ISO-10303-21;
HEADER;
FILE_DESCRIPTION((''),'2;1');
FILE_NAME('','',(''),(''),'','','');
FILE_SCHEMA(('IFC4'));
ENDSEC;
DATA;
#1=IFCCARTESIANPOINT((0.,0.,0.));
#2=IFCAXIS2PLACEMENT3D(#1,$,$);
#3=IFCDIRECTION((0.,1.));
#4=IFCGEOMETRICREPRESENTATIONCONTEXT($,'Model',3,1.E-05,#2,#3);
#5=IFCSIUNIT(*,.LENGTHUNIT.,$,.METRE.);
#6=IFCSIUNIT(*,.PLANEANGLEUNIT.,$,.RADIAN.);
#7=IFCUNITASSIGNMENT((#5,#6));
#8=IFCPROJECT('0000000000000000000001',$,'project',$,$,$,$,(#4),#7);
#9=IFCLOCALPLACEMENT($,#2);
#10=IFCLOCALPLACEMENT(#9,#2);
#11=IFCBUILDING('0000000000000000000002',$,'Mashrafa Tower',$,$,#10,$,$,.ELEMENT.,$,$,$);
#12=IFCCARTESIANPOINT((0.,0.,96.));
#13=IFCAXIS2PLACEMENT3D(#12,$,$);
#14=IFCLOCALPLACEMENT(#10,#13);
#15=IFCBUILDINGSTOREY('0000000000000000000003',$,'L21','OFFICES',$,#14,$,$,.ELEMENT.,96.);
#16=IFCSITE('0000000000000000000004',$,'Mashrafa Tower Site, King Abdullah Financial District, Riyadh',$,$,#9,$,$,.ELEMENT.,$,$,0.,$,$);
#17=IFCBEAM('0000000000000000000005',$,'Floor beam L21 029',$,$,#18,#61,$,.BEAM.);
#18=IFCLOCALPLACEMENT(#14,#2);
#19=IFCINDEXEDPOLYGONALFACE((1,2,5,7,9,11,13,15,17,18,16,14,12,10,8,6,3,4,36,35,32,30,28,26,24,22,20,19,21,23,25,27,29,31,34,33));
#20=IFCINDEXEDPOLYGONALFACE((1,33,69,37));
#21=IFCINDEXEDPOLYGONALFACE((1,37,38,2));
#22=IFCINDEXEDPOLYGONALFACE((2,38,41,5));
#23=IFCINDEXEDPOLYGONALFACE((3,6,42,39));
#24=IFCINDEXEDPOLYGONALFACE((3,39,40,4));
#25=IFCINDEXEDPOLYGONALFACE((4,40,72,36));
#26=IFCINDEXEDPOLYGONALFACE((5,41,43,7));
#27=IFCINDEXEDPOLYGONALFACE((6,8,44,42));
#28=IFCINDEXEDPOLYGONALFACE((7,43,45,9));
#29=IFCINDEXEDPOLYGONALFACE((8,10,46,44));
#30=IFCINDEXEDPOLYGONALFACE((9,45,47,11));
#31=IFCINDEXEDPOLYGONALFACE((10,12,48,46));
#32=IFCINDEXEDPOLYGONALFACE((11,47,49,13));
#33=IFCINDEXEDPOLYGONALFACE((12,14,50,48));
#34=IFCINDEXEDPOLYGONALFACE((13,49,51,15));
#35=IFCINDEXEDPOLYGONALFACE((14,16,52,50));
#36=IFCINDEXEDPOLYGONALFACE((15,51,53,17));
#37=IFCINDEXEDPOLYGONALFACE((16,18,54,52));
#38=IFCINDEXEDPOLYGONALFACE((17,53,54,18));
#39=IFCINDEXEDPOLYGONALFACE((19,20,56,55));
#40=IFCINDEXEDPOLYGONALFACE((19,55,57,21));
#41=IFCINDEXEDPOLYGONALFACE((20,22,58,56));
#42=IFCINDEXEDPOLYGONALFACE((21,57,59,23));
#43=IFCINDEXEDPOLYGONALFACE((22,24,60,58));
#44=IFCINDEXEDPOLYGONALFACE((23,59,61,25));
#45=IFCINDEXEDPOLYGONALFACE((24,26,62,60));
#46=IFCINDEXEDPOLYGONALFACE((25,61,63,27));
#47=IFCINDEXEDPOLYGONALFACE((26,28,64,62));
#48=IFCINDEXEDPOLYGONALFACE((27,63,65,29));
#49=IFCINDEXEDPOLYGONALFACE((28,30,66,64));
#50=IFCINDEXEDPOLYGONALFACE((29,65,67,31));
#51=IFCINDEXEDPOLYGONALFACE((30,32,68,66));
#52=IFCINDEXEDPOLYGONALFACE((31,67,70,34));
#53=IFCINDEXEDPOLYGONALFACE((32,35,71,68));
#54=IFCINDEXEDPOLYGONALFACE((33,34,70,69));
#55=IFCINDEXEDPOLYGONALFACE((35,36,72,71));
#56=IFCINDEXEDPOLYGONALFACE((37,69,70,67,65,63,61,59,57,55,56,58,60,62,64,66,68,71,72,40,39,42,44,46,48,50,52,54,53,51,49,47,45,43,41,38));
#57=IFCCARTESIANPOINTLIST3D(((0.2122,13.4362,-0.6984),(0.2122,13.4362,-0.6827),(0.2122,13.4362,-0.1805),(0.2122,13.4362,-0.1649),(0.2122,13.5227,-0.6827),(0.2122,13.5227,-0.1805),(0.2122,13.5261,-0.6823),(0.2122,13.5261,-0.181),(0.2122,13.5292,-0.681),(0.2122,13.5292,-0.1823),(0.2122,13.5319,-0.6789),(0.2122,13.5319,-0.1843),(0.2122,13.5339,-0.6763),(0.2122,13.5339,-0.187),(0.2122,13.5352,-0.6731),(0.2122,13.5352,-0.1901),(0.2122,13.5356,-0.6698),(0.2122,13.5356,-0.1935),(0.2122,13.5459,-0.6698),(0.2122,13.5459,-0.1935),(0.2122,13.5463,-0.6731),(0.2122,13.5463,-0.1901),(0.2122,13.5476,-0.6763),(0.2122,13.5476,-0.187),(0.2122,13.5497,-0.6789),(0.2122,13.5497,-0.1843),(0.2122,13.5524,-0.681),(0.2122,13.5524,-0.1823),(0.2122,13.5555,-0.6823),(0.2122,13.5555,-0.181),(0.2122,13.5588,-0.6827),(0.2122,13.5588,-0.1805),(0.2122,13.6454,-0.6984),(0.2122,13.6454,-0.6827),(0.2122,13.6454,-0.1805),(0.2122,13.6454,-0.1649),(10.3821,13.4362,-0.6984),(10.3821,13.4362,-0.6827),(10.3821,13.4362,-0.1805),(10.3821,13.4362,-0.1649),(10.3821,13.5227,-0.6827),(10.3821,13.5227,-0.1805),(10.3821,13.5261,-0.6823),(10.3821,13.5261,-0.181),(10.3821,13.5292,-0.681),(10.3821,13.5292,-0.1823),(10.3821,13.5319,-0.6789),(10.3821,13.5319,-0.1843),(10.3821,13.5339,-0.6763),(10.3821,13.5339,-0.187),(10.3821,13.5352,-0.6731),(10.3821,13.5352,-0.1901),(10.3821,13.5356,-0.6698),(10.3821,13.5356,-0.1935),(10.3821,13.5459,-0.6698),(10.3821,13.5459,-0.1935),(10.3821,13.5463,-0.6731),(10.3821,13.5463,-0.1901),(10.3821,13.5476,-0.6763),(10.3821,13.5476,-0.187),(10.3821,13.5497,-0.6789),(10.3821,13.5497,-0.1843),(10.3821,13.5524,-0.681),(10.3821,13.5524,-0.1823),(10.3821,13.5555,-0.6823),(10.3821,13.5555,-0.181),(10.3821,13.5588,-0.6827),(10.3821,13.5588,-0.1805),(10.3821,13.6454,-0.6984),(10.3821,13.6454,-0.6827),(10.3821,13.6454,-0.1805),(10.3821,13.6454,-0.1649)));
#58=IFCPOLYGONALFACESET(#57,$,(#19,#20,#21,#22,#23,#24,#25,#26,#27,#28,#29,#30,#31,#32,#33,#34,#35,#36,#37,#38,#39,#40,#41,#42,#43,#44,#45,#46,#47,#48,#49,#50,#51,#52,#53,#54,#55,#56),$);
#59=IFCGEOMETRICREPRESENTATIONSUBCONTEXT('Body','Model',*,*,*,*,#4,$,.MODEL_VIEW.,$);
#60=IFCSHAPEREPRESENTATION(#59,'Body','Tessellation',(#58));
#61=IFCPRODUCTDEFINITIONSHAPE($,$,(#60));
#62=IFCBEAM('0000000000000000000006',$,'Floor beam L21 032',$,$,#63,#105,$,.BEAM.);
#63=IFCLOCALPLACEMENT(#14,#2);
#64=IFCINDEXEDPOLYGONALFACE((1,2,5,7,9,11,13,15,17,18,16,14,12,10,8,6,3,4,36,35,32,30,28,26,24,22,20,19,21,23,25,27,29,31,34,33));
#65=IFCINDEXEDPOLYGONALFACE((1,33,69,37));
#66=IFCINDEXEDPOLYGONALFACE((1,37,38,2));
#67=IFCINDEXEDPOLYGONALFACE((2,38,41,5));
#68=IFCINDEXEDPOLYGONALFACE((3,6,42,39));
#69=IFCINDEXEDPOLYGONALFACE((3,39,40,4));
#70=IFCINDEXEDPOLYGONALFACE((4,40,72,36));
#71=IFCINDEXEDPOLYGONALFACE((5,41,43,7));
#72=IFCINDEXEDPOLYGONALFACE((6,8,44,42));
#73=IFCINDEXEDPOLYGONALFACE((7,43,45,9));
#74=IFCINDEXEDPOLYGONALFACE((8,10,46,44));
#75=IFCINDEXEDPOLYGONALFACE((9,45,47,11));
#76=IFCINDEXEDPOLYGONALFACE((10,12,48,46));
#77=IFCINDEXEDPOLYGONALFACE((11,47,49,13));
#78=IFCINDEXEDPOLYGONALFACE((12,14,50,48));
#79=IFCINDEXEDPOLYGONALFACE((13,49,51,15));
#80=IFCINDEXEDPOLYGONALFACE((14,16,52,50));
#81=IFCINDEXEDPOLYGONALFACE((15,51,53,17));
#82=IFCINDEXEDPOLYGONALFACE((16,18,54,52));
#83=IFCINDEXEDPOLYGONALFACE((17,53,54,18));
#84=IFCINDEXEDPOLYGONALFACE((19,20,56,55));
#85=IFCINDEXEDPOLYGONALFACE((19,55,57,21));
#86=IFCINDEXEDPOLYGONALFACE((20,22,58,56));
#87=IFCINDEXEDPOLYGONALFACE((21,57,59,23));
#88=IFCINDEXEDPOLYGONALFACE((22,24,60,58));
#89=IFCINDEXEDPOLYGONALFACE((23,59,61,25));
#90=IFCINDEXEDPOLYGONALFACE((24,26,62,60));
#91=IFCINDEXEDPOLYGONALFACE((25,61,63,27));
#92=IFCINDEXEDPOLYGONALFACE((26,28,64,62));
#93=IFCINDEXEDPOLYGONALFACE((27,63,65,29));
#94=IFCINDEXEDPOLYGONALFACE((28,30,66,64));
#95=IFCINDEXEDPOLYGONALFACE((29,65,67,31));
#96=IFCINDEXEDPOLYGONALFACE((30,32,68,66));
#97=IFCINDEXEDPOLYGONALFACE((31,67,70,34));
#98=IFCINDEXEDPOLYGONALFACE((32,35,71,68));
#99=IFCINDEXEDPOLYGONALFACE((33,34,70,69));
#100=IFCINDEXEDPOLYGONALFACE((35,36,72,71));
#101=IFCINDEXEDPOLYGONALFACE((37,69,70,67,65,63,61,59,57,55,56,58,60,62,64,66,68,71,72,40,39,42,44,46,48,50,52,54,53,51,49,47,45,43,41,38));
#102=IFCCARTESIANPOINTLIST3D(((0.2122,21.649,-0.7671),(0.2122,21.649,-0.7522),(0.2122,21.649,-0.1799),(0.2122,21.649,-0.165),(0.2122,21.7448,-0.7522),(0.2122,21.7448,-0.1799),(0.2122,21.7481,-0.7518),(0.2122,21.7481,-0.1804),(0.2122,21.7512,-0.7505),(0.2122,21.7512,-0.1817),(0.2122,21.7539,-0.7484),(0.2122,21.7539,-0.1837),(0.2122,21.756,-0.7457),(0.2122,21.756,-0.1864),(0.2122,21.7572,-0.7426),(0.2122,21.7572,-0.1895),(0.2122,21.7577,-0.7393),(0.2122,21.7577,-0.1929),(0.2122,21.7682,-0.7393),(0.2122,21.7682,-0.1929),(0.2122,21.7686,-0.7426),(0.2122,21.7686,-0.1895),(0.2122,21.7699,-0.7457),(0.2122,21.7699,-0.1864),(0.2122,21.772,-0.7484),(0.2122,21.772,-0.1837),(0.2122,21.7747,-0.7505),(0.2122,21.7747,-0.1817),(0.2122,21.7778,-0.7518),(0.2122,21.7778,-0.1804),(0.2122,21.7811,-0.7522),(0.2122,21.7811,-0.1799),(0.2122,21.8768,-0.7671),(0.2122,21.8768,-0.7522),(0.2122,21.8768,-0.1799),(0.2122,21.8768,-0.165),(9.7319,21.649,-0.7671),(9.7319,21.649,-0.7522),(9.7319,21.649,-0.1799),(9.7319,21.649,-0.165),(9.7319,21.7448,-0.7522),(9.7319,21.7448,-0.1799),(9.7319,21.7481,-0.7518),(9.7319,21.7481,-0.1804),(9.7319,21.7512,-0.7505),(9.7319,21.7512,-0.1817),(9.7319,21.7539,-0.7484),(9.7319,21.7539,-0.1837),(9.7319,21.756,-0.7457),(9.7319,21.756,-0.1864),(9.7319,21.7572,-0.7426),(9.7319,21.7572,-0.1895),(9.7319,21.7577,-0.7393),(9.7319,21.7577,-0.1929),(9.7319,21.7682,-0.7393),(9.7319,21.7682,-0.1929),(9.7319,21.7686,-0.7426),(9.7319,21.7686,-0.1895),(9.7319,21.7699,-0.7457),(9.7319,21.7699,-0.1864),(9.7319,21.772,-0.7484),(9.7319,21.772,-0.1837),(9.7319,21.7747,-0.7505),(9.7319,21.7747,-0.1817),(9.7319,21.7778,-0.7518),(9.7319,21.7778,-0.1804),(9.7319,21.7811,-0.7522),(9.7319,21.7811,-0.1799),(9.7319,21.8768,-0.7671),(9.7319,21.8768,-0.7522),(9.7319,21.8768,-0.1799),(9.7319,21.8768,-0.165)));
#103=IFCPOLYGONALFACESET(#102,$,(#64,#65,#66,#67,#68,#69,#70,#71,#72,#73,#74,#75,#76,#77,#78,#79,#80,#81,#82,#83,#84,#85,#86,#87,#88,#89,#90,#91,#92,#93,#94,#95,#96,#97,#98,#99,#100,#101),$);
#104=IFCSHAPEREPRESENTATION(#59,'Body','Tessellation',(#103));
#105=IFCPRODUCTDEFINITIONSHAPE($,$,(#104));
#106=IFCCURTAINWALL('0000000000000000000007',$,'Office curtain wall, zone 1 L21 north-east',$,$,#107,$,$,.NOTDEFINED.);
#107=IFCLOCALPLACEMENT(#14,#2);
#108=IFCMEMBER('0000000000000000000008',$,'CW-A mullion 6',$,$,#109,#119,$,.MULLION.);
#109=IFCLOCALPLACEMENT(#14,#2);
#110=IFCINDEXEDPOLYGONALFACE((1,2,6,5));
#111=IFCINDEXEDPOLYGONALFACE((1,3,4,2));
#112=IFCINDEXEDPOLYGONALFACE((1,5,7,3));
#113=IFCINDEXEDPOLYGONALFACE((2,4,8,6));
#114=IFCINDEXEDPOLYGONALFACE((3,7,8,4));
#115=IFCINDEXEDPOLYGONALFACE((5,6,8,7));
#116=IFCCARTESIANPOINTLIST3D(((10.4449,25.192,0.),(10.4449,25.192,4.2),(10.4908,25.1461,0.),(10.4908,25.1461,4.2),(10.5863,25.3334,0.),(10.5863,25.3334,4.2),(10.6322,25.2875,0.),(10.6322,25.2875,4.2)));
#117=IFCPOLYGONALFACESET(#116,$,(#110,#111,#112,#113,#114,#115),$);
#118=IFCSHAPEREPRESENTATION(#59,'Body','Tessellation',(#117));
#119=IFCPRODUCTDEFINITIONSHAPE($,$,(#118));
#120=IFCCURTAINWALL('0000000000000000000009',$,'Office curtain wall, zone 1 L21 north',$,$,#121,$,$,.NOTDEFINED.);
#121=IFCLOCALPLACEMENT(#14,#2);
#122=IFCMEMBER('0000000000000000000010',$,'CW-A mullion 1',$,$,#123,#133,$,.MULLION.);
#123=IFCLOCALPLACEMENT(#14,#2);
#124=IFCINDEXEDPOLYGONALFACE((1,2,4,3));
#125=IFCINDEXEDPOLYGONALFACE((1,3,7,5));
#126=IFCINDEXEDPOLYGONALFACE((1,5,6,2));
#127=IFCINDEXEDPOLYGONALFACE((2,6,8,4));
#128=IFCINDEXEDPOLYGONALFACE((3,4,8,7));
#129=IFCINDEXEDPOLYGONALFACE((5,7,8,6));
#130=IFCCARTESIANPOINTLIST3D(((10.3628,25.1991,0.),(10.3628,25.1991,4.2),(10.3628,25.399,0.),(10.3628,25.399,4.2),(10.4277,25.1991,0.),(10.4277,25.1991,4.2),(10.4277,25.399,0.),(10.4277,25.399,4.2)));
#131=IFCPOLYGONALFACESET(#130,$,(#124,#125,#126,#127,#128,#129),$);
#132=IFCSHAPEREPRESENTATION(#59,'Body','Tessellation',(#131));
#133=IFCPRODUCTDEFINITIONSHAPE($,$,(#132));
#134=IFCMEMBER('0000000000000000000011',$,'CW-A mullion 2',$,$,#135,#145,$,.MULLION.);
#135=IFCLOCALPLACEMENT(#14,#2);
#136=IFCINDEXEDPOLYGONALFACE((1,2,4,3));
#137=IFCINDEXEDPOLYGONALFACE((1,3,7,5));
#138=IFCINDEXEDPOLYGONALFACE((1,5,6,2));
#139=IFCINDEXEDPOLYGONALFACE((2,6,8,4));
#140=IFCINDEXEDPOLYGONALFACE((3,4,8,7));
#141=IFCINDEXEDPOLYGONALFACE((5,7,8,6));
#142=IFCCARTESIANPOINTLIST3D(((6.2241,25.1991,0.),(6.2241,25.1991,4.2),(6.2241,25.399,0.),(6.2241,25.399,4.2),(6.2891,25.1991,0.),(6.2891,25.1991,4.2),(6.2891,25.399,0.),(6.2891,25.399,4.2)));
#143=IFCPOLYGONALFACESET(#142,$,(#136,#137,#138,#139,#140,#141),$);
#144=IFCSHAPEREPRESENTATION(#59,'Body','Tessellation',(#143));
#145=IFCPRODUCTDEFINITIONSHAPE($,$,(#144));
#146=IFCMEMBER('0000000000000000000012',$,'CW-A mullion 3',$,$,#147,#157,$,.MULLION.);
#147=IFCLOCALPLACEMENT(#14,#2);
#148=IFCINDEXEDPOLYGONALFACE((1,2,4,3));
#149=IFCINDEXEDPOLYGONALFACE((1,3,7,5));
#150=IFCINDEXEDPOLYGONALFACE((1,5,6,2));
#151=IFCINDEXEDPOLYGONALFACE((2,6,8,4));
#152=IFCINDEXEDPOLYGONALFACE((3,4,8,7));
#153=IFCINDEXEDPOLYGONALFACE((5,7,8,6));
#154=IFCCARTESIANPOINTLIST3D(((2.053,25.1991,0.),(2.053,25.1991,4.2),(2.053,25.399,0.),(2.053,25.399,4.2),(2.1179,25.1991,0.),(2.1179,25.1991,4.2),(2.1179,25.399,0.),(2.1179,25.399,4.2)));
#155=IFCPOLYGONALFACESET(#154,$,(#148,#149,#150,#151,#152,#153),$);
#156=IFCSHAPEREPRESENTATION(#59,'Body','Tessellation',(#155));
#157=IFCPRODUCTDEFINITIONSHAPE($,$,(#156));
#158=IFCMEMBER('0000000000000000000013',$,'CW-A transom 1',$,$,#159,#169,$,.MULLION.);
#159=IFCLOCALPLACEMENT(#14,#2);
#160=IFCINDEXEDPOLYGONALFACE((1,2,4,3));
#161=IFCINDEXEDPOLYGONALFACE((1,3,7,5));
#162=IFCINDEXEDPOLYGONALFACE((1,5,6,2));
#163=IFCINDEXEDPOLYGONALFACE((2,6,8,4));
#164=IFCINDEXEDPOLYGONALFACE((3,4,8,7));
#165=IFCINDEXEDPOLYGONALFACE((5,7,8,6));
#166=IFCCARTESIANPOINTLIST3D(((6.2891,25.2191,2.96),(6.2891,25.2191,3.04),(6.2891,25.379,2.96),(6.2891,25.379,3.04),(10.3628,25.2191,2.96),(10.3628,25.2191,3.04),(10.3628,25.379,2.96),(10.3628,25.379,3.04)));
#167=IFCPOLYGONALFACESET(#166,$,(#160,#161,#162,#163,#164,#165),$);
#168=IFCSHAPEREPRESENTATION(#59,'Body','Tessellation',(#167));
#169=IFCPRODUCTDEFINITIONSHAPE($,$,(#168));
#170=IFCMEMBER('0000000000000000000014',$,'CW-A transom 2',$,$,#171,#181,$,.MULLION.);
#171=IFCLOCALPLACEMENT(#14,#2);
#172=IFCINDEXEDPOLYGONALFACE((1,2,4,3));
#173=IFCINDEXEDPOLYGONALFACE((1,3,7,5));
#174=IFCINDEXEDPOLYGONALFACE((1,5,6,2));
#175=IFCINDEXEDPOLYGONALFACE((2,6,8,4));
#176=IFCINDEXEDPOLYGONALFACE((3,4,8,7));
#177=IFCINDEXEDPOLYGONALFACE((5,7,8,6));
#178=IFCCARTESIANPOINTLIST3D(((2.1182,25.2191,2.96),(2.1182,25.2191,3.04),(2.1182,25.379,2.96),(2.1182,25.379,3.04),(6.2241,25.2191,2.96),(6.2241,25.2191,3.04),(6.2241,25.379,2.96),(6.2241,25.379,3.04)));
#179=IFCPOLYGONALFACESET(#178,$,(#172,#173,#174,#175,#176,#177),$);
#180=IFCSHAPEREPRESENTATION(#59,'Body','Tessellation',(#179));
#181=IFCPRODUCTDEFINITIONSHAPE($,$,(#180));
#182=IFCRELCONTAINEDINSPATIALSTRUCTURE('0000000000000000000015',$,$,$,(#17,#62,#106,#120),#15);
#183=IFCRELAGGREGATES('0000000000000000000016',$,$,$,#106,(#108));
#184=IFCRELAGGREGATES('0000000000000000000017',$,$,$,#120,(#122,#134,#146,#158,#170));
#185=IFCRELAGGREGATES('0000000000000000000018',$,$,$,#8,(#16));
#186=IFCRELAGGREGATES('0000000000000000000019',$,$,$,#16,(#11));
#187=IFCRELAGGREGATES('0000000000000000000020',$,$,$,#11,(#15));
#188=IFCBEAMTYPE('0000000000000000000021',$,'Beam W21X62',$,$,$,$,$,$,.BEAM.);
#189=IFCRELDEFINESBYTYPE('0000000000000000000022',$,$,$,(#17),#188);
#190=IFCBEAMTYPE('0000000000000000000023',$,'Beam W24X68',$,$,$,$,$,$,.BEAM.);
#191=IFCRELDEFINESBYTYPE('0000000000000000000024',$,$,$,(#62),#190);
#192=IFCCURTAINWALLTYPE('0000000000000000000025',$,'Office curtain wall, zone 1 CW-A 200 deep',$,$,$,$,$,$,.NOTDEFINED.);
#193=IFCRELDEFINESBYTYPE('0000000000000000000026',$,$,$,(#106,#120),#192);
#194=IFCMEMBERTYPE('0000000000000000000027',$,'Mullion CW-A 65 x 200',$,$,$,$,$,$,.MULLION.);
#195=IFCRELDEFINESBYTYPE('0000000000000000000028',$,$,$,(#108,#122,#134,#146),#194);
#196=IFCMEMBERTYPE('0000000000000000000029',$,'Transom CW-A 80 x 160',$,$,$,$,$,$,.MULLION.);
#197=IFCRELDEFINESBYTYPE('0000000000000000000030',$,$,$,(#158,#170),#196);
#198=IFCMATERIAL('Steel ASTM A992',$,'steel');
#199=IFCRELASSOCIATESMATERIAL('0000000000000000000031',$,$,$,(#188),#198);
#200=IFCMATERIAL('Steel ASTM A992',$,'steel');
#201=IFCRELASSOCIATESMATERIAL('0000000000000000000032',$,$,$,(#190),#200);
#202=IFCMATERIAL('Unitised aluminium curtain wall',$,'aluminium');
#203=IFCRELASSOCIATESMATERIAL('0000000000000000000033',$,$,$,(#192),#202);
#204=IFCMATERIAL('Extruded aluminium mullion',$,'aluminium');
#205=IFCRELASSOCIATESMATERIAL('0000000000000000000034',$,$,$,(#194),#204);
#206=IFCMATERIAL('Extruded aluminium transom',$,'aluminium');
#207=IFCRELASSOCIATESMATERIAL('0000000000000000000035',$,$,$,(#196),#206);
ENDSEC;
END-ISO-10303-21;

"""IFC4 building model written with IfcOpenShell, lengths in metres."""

from ifc_helpers import new_model, si_unit, direction, frame, origin, origin_2d, place, context, subcontext, project, spatial, rectangle, i_section, extrude, source, transform, mapped, material, material_profile, profile_set, type_object, type_shapes, element, aggregate, save


model = new_model("IFC4")

# Units and contexts
model_context = context("Model", 3, precision=1e-05, world=origin(), true_north=direction((0.0, 1.0)))
body_context = subcontext(model_context, "Body", "Model", "MODEL_VIEW")
ifc_project = project(units=[si_unit("LENGTHUNIT", "METRE"), si_unit("PLANEANGLEUNIT", "RADIAN")], contexts=[model_context])

# Site, building, storey
site_placement = place(None, origin())
site = spatial("IfcSite", under=ifc_project, at=site_placement, Name="Mashrafa Tower Site, King Abdullah Financial District, Riyadh", CompositionType="ELEMENT", RefElevation=0.0)
building_placement = place(site_placement, origin())
building = spatial("IfcBuilding", under=site, at=building_placement, Name="Mashrafa Tower", CompositionType="ELEMENT")
storey_placement = place(building_placement, frame((0.0, 0.0, 96.0)))
storey = spatial("IfcBuildingStorey", under=building, at=storey_placement, Name="L21", Description="OFFICES", CompositionType="ELEMENT", Elevation=96.0)

# Beams
ifc_material_1 = material(Name="Steel ASTM A992", Category="steel")
ifc_material_profile_1 = material_profile(ifc_material_1, i_section(OverallWidth=0.2092, OverallDepth=0.5334, WebThickness=0.0103, FlangeThickness=0.0156, FilletRadius=0.0129, at=origin_2d()), Name="W21X62")
ifc_profile_set_1 = profile_set([ifc_material_profile_1], Name="Steel ASTM A992")
beam_type_1 = type_object("IfcBeamType", Name="Beam W21X62", PredefinedType="BEAM", material=ifc_profile_set_1)
beam_1_placement = place(storey_placement, frame((0.2122, 13.5408, -0.4316), z_axis=(1.0, 0.0, 0.0), x_axis=(0.0, 1.0, 0.0)))
element("IfcBeam", 1, at=beam_1_placement, inside=storey, type_object=beam_type_1, Name="Floor beam L21 029", PredefinedType="BEAM", context=body_context, shape_type="SweptSolid", body=[
    extrude(i_section(OverallWidth=0.2092, OverallDepth=0.5334, WebThickness=0.0103, FlangeThickness=0.0156, FilletRadius=0.0129, at=origin_2d()), origin(), (0.0, 0.0, 1.0), 10.1699),
])
ifc_material_2 = material(Name="Steel ASTM A992", Category="steel")
ifc_material_profile_2 = material_profile(ifc_material_2, i_section(OverallWidth=0.2278, OverallDepth=0.6021, WebThickness=0.0105, FlangeThickness=0.0149, FilletRadius=0.0129, at=origin_2d()), Name="W24X68")
ifc_profile_set_2 = profile_set([ifc_material_profile_2], Name="Steel ASTM A992")
beam_type_2 = type_object("IfcBeamType", Name="Beam W24X68", PredefinedType="BEAM", material=ifc_profile_set_2)
beam_2_placement = place(storey_placement, frame((0.2122, 21.7629, -0.4661), z_axis=(1.0, 0.0, 0.0), x_axis=(0.0, 1.0, 0.0)))
element("IfcBeam", 2, at=beam_2_placement, inside=storey, type_object=beam_type_2, Name="Floor beam L21 032", PredefinedType="BEAM", context=body_context, shape_type="SweptSolid", body=[
    extrude(i_section(OverallWidth=0.2278, OverallDepth=0.6021, WebThickness=0.0105, FlangeThickness=0.0149, FilletRadius=0.0129, at=origin_2d()), origin(), (0.0, 0.0, 1.0), 9.5198),
])

# Curtain wall, member
ifc_material_3 = material(Name="Unitised aluminium curtain wall", Category="aluminium")
curtain_wall_type = type_object("IfcCurtainWallType", Name="Office curtain wall, zone 1 CW-A 200 deep", PredefinedType="NOTDEFINED", material=ifc_material_3)
curtain_wall_1_placement = place(storey_placement, origin())
curtain_wall_1 = element("IfcCurtainWall", 3, at=curtain_wall_1_placement, inside=storey, type_object=curtain_wall_type, Name="Office curtain wall, zone 1 L21 north-east", PredefinedType="NOTDEFINED")
ifc_material_4 = material(Name="Extruded aluminium mullion", Category="aluminium")
ifc_material_profile_3 = material_profile(ifc_material_4, rectangle(XDim=0.2, YDim=0.0649, at=origin_2d()), Name="Mullion 65x200")
ifc_profile_set_3 = profile_set([ifc_material_profile_3], Name="Extruded aluminium mullion")
member_type_1 = type_object("IfcMemberType", Name="Mullion CW-A 65 x 200", PredefinedType="MULLION", material=ifc_profile_set_3)
shared_shape_1 = source(origin(), body_context, "Body", "SweptSolid", [
    extrude(rectangle(XDim=0.2, YDim=0.0649, at=origin_2d()), origin(), (0.0, 0.0, 1.0), 4.2),
])
type_shapes(member_type_1, [shared_shape_1])
member_1_placement = place(storey_placement, frame((10.5386, 25.2397, 0.0), z_axis=(0.0, 0.0, 1.0), x_axis=(-0.707107, -0.707107, 0.0)))
member_1 = element("IfcMember", 4, at=member_1_placement, type_object=member_type_1, Name="CW-A mullion 6", PredefinedType="MULLION", context=body_context, shape_type="MappedRepresentation", body=[
    mapped(shared_shape_1, transform((0.0, 0.0, 0.0))),
])
aggregate(curtain_wall_1, [member_1])

# Curtain wall, members
curtain_wall_2_placement = place(storey_placement, origin())
curtain_wall_2 = element("IfcCurtainWall", 5, at=curtain_wall_2_placement, inside=storey, type_object=curtain_wall_type, Name="Office curtain wall, zone 1 L21 north", PredefinedType="NOTDEFINED")
member_2_placement = place(storey_placement, frame((10.3953, 25.2991, 0.0), z_axis=(0.0, 0.0, 1.0), x_axis=(0.0, -1.0, 0.0)))
member_2 = element("IfcMember", 6, at=member_2_placement, type_object=member_type_1, Name="CW-A mullion 1", PredefinedType="MULLION", context=body_context, shape_type="MappedRepresentation", body=[
    mapped(shared_shape_1, transform((0.0, 0.0, 0.0))),
])
member_3_placement = place(storey_placement, frame((6.2566, 25.2991, 0.0), z_axis=(0.0, 0.0, 1.0), x_axis=(0.0, -1.0, 0.0)))
member_3 = element("IfcMember", 7, at=member_3_placement, type_object=member_type_1, Name="CW-A mullion 2", PredefinedType="MULLION", context=body_context, shape_type="MappedRepresentation", body=[
    mapped(shared_shape_1, transform((0.0, 0.0, 0.0))),
])
member_4_placement = place(storey_placement, frame((2.0854, 25.2991, 0.0), z_axis=(0.0, 0.0, 1.0), x_axis=(0.0, -1.0, 0.0)))
member_4 = element("IfcMember", 8, at=member_4_placement, type_object=member_type_1, Name="CW-A mullion 3", PredefinedType="MULLION", context=body_context, shape_type="MappedRepresentation", body=[
    mapped(shared_shape_1, transform((0.0, 0.0, 0.0))),
])
ifc_material_5 = material(Name="Extruded aluminium transom", Category="aluminium")
ifc_material_profile_4 = material_profile(ifc_material_5, rectangle(XDim=0.1599, YDim=0.0801, at=origin_2d()), Name="Transom 80x160")
ifc_profile_set_4 = profile_set([ifc_material_profile_4], Name="Extruded aluminium transom")
member_type_2 = type_object("IfcMemberType", Name="Transom CW-A 80 x 160", PredefinedType="MULLION", material=ifc_profile_set_4)
shared_shape_2 = source(origin(), body_context, "Body", "SweptSolid", [
    extrude(rectangle(XDim=0.1599, YDim=0.0801, at=origin_2d()), origin(), (0.0, 0.0, 1.0), 4.0737),
])
member_5_placement = place(storey_placement, frame((10.3628, 25.2991, 3.0), z_axis=(-1.0, 0.0, 0.0), x_axis=(0.0, -1.0, 0.0)))
member_5 = element("IfcMember", 9, at=member_5_placement, type_object=member_type_2, Name="CW-A transom 1", PredefinedType="MULLION", context=body_context, shape_type="MappedRepresentation", body=[
    mapped(shared_shape_2, transform((0.0, 0.0, 0.0))),
])
shared_shape_3 = source(origin(), body_context, "Body", "SweptSolid", [
    extrude(rectangle(XDim=0.1599, YDim=0.0801, at=origin_2d()), origin(), (0.0, 0.0, 1.0), 4.106),
])
type_shapes(member_type_2, [shared_shape_2, shared_shape_3])
member_6_placement = place(storey_placement, frame((6.2241, 25.2991, 3.0), z_axis=(-1.0, 0.0, 0.0), x_axis=(0.0, -1.0, 0.0)))
member_6 = element("IfcMember", 10, at=member_6_placement, type_object=member_type_2, Name="CW-A transom 2", PredefinedType="MULLION", context=body_context, shape_type="MappedRepresentation", body=[
    mapped(shared_shape_3, transform((0.0, 0.0, 0.0))),
])
aggregate(curtain_wall_2, [member_2, member_3, member_4, member_5, member_6])

save(model, "model.ifc")
